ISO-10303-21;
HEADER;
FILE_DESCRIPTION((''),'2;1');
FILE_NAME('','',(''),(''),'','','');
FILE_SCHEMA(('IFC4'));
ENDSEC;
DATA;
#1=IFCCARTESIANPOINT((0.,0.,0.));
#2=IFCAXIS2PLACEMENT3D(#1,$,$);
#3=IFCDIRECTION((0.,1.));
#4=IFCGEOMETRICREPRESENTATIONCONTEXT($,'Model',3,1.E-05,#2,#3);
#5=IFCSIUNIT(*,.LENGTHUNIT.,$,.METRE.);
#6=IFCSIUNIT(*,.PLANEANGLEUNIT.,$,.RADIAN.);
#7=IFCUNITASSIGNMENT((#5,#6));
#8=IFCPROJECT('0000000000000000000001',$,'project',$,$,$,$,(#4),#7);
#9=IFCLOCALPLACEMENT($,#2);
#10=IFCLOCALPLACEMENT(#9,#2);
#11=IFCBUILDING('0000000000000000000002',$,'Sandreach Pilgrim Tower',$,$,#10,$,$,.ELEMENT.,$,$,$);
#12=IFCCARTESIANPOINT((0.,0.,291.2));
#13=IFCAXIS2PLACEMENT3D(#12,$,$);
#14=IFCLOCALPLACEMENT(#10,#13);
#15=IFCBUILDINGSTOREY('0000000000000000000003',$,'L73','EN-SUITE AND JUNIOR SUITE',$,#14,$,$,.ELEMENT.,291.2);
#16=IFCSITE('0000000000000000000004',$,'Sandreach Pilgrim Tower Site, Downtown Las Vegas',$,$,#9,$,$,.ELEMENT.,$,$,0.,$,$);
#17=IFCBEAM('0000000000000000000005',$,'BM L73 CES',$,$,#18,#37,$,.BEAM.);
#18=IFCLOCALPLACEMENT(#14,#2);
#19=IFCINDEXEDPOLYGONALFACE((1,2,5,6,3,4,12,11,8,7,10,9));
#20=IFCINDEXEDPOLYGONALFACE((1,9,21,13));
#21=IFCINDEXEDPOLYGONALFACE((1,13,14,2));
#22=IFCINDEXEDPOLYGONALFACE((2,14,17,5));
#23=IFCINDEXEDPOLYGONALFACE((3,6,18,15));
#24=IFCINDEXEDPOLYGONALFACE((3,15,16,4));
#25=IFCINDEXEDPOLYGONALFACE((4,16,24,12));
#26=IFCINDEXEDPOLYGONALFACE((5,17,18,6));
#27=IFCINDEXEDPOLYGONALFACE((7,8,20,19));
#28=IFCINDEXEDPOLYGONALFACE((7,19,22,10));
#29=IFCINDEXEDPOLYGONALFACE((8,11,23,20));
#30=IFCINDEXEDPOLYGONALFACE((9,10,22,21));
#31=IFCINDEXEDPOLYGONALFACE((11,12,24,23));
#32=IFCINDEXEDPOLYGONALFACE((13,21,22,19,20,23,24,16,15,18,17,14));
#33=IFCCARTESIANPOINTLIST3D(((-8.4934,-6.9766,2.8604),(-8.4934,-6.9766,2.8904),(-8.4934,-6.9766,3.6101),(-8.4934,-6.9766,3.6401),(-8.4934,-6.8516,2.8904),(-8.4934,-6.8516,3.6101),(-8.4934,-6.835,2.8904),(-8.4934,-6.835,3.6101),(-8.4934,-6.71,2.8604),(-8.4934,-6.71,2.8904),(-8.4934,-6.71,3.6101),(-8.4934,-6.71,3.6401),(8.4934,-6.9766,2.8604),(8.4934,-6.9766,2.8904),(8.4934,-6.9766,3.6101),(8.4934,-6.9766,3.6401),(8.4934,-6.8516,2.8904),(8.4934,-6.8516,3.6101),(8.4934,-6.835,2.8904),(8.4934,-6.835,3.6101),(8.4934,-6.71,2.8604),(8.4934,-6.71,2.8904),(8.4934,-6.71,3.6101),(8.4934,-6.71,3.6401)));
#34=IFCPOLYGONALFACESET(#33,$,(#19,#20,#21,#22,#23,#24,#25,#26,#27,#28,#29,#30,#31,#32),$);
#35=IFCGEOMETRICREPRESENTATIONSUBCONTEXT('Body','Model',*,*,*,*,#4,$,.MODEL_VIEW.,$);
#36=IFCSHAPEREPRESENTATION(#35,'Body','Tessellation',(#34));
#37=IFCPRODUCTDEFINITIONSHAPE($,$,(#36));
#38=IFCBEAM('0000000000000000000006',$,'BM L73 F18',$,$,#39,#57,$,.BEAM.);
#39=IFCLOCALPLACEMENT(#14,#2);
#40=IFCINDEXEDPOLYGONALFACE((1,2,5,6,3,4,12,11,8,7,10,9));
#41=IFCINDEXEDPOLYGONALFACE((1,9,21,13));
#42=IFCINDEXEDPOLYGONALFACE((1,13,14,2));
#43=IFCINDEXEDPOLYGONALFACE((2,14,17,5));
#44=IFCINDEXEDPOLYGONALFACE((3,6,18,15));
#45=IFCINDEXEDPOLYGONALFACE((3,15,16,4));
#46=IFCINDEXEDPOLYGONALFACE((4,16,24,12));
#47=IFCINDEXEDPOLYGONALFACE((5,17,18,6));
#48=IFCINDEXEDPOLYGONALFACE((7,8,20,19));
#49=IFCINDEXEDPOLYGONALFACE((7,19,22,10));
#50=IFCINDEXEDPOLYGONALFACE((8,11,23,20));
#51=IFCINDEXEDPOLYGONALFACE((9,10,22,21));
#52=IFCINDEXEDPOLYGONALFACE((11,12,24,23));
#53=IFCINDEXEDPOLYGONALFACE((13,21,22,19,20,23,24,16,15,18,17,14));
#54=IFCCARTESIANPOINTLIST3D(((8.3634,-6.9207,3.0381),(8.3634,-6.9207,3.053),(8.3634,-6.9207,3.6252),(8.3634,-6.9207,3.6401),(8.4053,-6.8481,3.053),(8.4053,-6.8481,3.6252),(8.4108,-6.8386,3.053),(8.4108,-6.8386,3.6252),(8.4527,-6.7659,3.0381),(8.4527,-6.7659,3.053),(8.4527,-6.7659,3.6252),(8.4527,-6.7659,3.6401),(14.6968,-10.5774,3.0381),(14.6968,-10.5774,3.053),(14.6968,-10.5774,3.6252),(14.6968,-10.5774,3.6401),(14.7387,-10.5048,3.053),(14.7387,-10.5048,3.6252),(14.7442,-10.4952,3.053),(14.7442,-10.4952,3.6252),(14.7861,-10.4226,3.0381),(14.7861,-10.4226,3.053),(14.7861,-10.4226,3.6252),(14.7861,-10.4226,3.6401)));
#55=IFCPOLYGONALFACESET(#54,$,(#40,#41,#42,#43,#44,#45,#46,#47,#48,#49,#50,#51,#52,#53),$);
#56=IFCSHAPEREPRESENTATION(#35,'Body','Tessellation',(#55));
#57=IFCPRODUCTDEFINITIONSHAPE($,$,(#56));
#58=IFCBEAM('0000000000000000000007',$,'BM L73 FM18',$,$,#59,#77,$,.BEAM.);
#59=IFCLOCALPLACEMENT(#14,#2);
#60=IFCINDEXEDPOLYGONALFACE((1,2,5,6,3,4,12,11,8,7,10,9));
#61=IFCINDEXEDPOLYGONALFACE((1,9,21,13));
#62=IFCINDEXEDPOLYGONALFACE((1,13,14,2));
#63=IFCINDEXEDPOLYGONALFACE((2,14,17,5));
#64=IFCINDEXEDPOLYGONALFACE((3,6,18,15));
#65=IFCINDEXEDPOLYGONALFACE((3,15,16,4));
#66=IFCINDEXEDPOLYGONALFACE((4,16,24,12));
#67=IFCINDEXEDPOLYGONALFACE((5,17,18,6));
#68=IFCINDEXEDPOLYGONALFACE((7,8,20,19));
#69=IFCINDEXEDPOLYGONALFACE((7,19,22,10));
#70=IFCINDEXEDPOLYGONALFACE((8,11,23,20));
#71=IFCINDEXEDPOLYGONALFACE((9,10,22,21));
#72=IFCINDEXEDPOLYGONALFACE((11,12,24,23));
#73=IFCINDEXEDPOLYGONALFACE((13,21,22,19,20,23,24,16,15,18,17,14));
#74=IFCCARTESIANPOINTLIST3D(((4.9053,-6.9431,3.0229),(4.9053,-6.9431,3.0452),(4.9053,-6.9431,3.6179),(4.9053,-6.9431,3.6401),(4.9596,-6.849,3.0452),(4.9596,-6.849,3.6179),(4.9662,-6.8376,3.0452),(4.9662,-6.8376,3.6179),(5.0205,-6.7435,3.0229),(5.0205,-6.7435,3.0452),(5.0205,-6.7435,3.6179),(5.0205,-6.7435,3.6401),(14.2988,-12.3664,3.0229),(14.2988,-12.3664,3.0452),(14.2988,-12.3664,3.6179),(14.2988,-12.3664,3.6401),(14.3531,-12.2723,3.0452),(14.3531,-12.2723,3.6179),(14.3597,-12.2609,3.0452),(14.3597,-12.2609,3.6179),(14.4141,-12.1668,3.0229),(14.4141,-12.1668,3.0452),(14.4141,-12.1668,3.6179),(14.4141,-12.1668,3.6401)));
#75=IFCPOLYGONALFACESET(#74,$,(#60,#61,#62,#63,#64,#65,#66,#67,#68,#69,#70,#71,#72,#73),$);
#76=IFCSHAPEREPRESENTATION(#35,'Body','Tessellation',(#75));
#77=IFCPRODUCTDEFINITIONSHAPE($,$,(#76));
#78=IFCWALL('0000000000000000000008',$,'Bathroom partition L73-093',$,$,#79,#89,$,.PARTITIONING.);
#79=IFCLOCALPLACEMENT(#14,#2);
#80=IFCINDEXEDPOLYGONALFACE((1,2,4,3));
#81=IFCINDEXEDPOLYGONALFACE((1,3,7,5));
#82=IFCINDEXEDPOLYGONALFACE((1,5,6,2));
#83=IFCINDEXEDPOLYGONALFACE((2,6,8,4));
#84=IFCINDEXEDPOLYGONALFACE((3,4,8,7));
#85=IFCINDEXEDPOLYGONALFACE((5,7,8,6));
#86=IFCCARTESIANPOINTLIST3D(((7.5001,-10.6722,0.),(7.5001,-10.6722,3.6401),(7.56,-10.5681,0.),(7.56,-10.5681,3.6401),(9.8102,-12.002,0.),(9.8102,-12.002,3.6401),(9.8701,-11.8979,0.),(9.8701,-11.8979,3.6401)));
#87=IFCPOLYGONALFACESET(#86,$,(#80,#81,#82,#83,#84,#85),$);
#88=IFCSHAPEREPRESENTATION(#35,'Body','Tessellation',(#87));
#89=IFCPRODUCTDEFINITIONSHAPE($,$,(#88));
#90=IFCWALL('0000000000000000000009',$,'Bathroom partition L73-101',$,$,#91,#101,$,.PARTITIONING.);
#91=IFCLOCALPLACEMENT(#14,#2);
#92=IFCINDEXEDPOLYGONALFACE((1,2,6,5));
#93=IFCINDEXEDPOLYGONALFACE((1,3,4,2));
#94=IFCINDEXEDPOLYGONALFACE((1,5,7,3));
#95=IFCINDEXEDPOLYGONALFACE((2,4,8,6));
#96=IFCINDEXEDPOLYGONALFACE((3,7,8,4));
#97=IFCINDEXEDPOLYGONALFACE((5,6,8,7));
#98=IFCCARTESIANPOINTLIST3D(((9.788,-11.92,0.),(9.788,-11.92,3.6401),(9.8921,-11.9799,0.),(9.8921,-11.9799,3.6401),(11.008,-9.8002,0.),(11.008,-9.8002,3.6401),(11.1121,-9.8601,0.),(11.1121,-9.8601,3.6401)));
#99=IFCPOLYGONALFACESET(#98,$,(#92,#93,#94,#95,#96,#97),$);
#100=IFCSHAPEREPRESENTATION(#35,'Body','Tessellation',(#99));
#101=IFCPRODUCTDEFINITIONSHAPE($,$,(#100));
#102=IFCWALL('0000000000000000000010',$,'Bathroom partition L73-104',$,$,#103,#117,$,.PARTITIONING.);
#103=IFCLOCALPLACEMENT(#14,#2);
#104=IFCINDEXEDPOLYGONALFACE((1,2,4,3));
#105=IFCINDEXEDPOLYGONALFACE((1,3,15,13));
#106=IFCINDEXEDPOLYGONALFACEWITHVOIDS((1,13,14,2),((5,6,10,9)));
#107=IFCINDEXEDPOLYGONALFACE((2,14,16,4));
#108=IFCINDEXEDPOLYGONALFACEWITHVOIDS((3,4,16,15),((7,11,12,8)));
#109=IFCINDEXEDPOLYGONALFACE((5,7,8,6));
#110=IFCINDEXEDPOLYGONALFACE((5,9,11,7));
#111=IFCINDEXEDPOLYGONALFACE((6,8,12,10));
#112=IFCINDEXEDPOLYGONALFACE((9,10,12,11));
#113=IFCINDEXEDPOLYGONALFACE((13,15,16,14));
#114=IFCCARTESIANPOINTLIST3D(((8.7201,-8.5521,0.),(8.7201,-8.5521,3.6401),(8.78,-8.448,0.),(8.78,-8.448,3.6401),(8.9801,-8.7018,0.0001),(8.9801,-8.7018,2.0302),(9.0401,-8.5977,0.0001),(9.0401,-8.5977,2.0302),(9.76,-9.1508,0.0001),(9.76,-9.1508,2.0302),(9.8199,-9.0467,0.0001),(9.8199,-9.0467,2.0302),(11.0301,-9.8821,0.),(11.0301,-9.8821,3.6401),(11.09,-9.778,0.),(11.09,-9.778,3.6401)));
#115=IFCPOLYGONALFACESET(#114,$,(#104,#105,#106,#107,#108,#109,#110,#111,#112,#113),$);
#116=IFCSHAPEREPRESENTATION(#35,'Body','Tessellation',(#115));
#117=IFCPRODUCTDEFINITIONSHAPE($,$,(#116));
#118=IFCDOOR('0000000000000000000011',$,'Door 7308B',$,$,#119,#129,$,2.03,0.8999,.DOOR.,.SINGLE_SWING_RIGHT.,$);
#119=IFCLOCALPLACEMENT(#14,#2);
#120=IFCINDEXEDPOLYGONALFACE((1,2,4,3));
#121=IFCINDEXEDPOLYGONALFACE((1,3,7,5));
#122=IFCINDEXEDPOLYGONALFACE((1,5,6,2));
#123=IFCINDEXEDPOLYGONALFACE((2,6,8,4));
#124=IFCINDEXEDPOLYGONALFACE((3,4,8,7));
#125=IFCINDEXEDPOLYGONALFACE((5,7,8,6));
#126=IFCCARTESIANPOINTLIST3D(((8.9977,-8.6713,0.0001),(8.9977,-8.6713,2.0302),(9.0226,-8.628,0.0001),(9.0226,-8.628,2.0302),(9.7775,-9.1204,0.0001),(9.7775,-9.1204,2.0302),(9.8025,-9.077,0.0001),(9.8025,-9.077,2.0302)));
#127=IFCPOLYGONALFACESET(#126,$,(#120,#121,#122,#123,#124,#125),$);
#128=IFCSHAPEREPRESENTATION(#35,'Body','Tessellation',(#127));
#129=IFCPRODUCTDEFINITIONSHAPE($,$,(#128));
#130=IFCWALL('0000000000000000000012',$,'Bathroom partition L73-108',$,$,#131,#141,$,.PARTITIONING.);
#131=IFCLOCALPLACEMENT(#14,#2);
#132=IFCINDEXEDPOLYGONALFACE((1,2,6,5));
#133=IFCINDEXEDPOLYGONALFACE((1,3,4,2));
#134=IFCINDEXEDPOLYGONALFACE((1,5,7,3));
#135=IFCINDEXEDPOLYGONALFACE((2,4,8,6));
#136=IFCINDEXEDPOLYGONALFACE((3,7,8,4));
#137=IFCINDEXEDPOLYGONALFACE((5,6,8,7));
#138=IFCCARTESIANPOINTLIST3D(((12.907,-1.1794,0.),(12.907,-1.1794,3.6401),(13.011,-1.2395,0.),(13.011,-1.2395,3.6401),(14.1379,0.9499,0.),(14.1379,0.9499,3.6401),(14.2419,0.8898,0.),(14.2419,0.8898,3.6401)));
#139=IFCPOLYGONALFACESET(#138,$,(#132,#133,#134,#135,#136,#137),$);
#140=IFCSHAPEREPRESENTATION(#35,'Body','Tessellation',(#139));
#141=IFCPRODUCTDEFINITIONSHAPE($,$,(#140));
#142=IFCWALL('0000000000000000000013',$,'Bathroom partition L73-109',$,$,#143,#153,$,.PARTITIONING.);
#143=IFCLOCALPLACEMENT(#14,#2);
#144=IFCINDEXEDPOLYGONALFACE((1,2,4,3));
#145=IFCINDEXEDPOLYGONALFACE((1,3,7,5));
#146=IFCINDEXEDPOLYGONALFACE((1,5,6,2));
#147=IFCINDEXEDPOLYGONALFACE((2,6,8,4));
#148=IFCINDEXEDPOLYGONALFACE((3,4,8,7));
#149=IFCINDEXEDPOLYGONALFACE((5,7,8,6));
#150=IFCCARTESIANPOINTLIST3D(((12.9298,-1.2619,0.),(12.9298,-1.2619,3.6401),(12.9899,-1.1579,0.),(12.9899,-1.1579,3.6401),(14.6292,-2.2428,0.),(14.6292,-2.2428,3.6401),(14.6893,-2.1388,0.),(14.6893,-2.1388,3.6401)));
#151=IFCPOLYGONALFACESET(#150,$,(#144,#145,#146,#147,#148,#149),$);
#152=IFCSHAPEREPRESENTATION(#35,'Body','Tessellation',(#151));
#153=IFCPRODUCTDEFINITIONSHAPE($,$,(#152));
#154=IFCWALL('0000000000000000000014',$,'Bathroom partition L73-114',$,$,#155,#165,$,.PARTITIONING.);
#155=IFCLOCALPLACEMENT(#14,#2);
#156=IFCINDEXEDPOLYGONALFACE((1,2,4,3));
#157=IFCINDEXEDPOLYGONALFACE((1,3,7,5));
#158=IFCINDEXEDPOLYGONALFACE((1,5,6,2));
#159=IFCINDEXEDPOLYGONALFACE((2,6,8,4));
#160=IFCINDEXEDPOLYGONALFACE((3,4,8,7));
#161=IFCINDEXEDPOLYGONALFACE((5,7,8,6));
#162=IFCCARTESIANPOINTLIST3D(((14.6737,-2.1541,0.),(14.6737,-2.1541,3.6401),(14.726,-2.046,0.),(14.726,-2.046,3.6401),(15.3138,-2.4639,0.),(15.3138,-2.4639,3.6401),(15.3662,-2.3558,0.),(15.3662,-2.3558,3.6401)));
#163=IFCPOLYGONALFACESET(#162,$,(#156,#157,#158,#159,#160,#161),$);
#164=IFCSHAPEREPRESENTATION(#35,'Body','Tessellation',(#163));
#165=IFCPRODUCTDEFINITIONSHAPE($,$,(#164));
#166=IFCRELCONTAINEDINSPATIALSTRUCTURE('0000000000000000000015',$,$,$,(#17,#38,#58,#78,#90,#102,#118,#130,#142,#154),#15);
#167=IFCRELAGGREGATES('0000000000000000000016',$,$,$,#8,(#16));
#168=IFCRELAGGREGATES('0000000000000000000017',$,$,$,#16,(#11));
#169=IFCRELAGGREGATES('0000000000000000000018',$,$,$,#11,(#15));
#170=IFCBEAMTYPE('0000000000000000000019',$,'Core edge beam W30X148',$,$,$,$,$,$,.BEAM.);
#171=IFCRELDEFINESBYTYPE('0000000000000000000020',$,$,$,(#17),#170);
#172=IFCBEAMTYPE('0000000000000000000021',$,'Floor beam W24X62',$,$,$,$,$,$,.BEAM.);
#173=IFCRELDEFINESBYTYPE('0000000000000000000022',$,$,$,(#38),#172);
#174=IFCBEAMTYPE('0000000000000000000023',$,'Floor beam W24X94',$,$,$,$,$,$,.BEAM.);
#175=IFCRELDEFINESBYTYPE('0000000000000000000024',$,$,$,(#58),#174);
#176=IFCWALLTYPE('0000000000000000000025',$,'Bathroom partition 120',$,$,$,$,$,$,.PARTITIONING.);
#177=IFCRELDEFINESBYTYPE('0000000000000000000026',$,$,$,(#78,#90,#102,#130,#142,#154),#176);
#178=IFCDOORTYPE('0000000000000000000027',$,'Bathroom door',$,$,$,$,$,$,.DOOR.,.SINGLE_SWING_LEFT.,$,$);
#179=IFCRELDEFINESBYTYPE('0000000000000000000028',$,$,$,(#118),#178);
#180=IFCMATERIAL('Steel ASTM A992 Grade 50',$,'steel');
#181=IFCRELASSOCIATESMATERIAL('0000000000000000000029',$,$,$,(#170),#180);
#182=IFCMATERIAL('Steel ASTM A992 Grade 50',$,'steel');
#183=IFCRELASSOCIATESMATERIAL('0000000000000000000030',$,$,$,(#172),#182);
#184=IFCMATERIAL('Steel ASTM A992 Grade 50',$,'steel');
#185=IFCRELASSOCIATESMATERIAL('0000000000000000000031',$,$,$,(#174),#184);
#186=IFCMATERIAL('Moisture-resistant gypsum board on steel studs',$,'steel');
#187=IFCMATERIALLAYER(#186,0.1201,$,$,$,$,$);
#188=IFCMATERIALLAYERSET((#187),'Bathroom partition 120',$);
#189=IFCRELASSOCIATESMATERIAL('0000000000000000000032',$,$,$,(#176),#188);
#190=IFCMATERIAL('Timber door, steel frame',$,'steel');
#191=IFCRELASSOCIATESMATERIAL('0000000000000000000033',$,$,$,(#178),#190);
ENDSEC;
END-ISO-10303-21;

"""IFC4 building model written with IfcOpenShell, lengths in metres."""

from ifc_helpers import new_model, si_unit, direction, frame, frame_2d, origin, origin_2d, place, context, subcontext, project, spatial, rectangle, i_section, extrude, material, layer, layer_set, material_profile, profile_set, type_object, element, fill, save


model = new_model("IFC4")

# Units and contexts
model_context = context("Model", 3, precision=1e-05, world=origin(), true_north=direction((0.0, 1.0)))
body_context = subcontext(model_context, "Body", "Model", "MODEL_VIEW")
ifc_project = project(units=[si_unit("LENGTHUNIT", "METRE"), si_unit("PLANEANGLEUNIT", "RADIAN")], contexts=[model_context])

# Site, building, storey
site_placement = place(None, origin())
site = spatial("IfcSite", under=ifc_project, at=site_placement, Name="Sandreach Pilgrim Tower Site, Downtown Las Vegas", CompositionType="ELEMENT", RefElevation=0.0)
building_placement = place(site_placement, origin())
building = spatial("IfcBuilding", under=site, at=building_placement, Name="Sandreach Pilgrim Tower", CompositionType="ELEMENT")
storey_placement = place(building_placement, frame((0.0, 0.0, 291.2)))
storey = spatial("IfcBuildingStorey", under=building, at=storey_placement, Name="L73", Description="EN-SUITE AND JUNIOR SUITE", CompositionType="ELEMENT", Elevation=291.2)

# Beams
ifc_material_1 = material(Name="Steel ASTM A992 Grade 50", Category="steel")
ifc_material_profile_1 = material_profile(ifc_material_1, i_section(OverallWidth=0.2666, OverallDepth=0.7798, WebThickness=0.0166, FlangeThickness=0.03, at=origin_2d()), Name="W30X148")
ifc_profile_set_1 = profile_set([ifc_material_profile_1], Name="Steel ASTM A992 Grade 50")
beam_type_1 = type_object("IfcBeamType", Name="Core edge beam W30X148", PredefinedType="BEAM", material=ifc_profile_set_1)
beam_1_placement = place(storey_placement, frame((8.4934, -6.8433, 3.2502), z_axis=(-1.0, 0.0, 0.0), x_axis=(0.0, -1.0, 0.0)))
element("IfcBeam", 1, at=beam_1_placement, inside=storey, type_object=beam_type_1, Name="BM L73 CES", PredefinedType="BEAM", context=body_context, shape_type="SweptSolid", body=[
    extrude(i_section(OverallWidth=0.2666, OverallDepth=0.7798, WebThickness=0.0166, FlangeThickness=0.03, at=origin_2d()), origin(), (0.0, 0.0, 1.0), 16.9868),
])
ifc_material_2 = material(Name="Steel ASTM A992 Grade 50", Category="steel")
ifc_material_profile_2 = material_profile(ifc_material_2, i_section(OverallWidth=0.1787, OverallDepth=0.6021, WebThickness=0.011, FlangeThickness=0.0149, at=origin_2d()), Name="W24X62")
ifc_profile_set_2 = profile_set([ifc_material_profile_2], Name="Steel ASTM A992 Grade 50")
beam_type_2 = type_object("IfcBeamType", Name="Floor beam W24X62", PredefinedType="BEAM", material=ifc_profile_set_2)
beam_2_placement = place(storey_placement, frame((14.7415, -10.5, 3.3391), z_axis=(-0.86602, 0.500009, 0.0), x_axis=(-0.500009, -0.86602, 0.0)))
element("IfcBeam", 2, at=beam_2_placement, inside=storey, type_object=beam_type_2, Name="BM L73 F18", PredefinedType="BEAM", context=body_context, shape_type="SweptSolid", body=[
    extrude(i_section(OverallWidth=0.1787, OverallDepth=0.6021, WebThickness=0.011, FlangeThickness=0.0149, at=origin_2d()), origin(), (0.0, 0.0, 1.0), 7.3132),
])
ifc_material_3 = material(Name="Steel ASTM A992 Grade 50", Category="steel")
ifc_material_profile_3 = material_profile(ifc_material_3, i_section(OverallWidth=0.2305, OverallDepth=0.6172, WebThickness=0.0132, FlangeThickness=0.0222, at=origin_2d()), Name="W24X94")
ifc_profile_set_3 = profile_set([ifc_material_profile_3], Name="Steel ASTM A992 Grade 50")
beam_type_3 = type_object("IfcBeamType", Name="Floor beam W24X94", PredefinedType="BEAM", material=ifc_profile_set_3)
beam_3_placement = place(storey_placement, frame((14.3564, -12.2666, 3.3315), z_axis=(-0.866027, 0.499998, 0.0), x_axis=(-0.499998, -0.866027, 0.0)))
element("IfcBeam", 3, at=beam_3_placement, inside=storey, type_object=beam_type_3, Name="BM L73 FM18", PredefinedType="BEAM", context=body_context, shape_type="SweptSolid", body=[
    extrude(i_section(OverallWidth=0.2305, OverallDepth=0.6172, WebThickness=0.0132, FlangeThickness=0.0222, at=origin_2d()), origin(), (0.0, 0.0, 1.0), 10.8467),
])

# Walls
ifc_material_4 = material(Name="Moisture-resistant gypsum board on steel studs", Category="steel")
ifc_layer_1 = layer(ifc_material_4, 0.1201)
ifc_layer_set_1 = layer_set([ifc_layer_1], Name="Bathroom partition 120")
wall_type_1 = type_object("IfcWallType", Name="Bathroom partition 120", PredefinedType="PARTITIONING", material=ifc_layer_set_1)
wall_1_placement = place(storey_placement, frame((7.53, -10.6201, 0.0), z_axis=(0.0, 0.0, 1.0), x_axis=(0.866655, -0.498908, 0.0)))
element("IfcWall", 4, at=wall_1_placement, inside=storey, type_object=wall_type_1, Name="Bathroom partition L73-093", PredefinedType="PARTITIONING", context=body_context, shape_type="SweptSolid", body=[
    extrude(rectangle(XDim=2.6655, YDim=0.1201, at=frame_2d((1.3328, 0.0))), origin(), (0.0, 0.0, 1.0), 3.6401),
])
wall_2_placement = place(storey_placement, frame((9.8401, -11.95, 0.0), z_axis=(0.0, 0.0, 1.0), x_axis=(0.498792, 0.866722, 0.0)))
element("IfcWall", 5, at=wall_2_placement, inside=storey, type_object=wall_type_1, Name="Bathroom partition L73-101", PredefinedType="PARTITIONING", context=body_context, shape_type="SweptSolid", body=[
    extrude(rectangle(XDim=2.4458, YDim=0.1201, at=frame_2d((1.2229, 0.0))), origin(), (0.0, 0.0, 1.0), 3.6401),
])

# Wall, opening, door
wall_3_placement = place(storey_placement, frame((11.0601, -9.8301, 0.0), z_axis=(0.0, 0.0, 1.0), x_axis=(-0.866615, 0.498977, 0.0)))
wall_3 = element("IfcWall", 6, at=wall_3_placement, inside=storey, type_object=wall_type_1, Name="Bathroom partition L73-104", PredefinedType="PARTITIONING", context=body_context, shape_type="SweptSolid", body=[
    extrude(rectangle(XDim=2.6655, YDim=0.1201, at=frame_2d((1.3328, 0.0))), origin(), (0.0, 0.0, 1.0), 3.6401),
])
opening_1_placement = place(wall_3_placement, frame((1.4656, 0.0, 0.0)))
opening_1 = element("IfcOpeningElement", 7, at=opening_1_placement, cuts=wall_3, PredefinedType="OPENING", context=body_context, shape_type="SweptSolid", body=[
    extrude(rectangle(XDim=0.8999, YDim=2.03, at=frame_2d((0.45, 1.0151))), frame((0.0, 0.0601, 0.0), z_axis=(0.0, -1.0, 0.0), x_axis=(1.0, 0.0, 0.0)), (0.0, 0.0, 1.0), 0.1201),
])
ifc_material_5 = material(Name="Timber door, steel frame", Category="steel")
door_type_1 = type_object("IfcDoorType", Name="Bathroom door", OperationType="SINGLE_SWING_LEFT", PredefinedType="DOOR", material=ifc_material_5)
door_1_placement = place(opening_1_placement, origin())
door_1 = element("IfcDoor", 8, at=door_1_placement, inside=storey, type_object=door_type_1, Name="Door 7308B", OperationType="SINGLE_SWING_RIGHT", OverallHeight=2.03, OverallWidth=0.8999, PredefinedType="DOOR", context=body_context, shape_type="SweptSolid", body=[
    extrude(rectangle(XDim=0.8999, YDim=2.03, at=frame_2d((0.45, 1.0151))), frame((0.0, 0.0249, 0.0), z_axis=(0.0, -1.0, 0.0), x_axis=(1.0, 0.0, 0.0)), (0.0, 0.0, 1.0), 0.05),
])
fill(opening_1, door_1)

# Walls
wall_4_placement = place(storey_placement, frame((12.959, -1.2095, 0.0), z_axis=(0.0, 0.0, 1.0), x_axis=(0.500473, 0.865752, 0.0)))
element("IfcWall", 9, at=wall_4_placement, inside=storey, type_object=wall_type_1, Name="Bathroom partition L73-108", PredefinedType="PARTITIONING", context=body_context, shape_type="SweptSolid", body=[
    extrude(rectangle(XDim=2.4595, YDim=0.1201, at=frame_2d((1.2297, 0.0))), origin(), (0.0, 0.0, 1.0), 3.6401),
])
wall_5_placement = place(storey_placement, frame((12.96, -1.21, 0.0), z_axis=(0.0, 0.0, 1.0), x_axis=(0.866076, -0.499913, 0.0)))
element("IfcWall", 10, at=wall_5_placement, inside=storey, type_object=wall_type_1, Name="Bathroom partition L73-109", PredefinedType="PARTITIONING", context=body_context, shape_type="SweptSolid", body=[
    extrude(rectangle(XDim=1.9622, YDim=0.1201, at=frame_2d((0.981, 0.0))), origin(), (0.0, 0.0, 1.0), 3.6401),
])
wall_6_placement = place(storey_placement, frame((14.7, -2.1001, 0.0), z_axis=(0.0, 0.0, 1.0), x_axis=(0.90012, -0.435642, 0.0)))
element("IfcWall", 11, at=wall_6_placement, inside=storey, type_object=wall_type_1, Name="Bathroom partition L73-114", PredefinedType="PARTITIONING", context=body_context, shape_type="SweptSolid", body=[
    extrude(rectangle(XDim=0.7112, YDim=0.1201, at=frame_2d((0.3555, 0.0))), origin(), (0.0, 0.0, 1.0), 3.6401),
])

save(model, "model.ifc")
